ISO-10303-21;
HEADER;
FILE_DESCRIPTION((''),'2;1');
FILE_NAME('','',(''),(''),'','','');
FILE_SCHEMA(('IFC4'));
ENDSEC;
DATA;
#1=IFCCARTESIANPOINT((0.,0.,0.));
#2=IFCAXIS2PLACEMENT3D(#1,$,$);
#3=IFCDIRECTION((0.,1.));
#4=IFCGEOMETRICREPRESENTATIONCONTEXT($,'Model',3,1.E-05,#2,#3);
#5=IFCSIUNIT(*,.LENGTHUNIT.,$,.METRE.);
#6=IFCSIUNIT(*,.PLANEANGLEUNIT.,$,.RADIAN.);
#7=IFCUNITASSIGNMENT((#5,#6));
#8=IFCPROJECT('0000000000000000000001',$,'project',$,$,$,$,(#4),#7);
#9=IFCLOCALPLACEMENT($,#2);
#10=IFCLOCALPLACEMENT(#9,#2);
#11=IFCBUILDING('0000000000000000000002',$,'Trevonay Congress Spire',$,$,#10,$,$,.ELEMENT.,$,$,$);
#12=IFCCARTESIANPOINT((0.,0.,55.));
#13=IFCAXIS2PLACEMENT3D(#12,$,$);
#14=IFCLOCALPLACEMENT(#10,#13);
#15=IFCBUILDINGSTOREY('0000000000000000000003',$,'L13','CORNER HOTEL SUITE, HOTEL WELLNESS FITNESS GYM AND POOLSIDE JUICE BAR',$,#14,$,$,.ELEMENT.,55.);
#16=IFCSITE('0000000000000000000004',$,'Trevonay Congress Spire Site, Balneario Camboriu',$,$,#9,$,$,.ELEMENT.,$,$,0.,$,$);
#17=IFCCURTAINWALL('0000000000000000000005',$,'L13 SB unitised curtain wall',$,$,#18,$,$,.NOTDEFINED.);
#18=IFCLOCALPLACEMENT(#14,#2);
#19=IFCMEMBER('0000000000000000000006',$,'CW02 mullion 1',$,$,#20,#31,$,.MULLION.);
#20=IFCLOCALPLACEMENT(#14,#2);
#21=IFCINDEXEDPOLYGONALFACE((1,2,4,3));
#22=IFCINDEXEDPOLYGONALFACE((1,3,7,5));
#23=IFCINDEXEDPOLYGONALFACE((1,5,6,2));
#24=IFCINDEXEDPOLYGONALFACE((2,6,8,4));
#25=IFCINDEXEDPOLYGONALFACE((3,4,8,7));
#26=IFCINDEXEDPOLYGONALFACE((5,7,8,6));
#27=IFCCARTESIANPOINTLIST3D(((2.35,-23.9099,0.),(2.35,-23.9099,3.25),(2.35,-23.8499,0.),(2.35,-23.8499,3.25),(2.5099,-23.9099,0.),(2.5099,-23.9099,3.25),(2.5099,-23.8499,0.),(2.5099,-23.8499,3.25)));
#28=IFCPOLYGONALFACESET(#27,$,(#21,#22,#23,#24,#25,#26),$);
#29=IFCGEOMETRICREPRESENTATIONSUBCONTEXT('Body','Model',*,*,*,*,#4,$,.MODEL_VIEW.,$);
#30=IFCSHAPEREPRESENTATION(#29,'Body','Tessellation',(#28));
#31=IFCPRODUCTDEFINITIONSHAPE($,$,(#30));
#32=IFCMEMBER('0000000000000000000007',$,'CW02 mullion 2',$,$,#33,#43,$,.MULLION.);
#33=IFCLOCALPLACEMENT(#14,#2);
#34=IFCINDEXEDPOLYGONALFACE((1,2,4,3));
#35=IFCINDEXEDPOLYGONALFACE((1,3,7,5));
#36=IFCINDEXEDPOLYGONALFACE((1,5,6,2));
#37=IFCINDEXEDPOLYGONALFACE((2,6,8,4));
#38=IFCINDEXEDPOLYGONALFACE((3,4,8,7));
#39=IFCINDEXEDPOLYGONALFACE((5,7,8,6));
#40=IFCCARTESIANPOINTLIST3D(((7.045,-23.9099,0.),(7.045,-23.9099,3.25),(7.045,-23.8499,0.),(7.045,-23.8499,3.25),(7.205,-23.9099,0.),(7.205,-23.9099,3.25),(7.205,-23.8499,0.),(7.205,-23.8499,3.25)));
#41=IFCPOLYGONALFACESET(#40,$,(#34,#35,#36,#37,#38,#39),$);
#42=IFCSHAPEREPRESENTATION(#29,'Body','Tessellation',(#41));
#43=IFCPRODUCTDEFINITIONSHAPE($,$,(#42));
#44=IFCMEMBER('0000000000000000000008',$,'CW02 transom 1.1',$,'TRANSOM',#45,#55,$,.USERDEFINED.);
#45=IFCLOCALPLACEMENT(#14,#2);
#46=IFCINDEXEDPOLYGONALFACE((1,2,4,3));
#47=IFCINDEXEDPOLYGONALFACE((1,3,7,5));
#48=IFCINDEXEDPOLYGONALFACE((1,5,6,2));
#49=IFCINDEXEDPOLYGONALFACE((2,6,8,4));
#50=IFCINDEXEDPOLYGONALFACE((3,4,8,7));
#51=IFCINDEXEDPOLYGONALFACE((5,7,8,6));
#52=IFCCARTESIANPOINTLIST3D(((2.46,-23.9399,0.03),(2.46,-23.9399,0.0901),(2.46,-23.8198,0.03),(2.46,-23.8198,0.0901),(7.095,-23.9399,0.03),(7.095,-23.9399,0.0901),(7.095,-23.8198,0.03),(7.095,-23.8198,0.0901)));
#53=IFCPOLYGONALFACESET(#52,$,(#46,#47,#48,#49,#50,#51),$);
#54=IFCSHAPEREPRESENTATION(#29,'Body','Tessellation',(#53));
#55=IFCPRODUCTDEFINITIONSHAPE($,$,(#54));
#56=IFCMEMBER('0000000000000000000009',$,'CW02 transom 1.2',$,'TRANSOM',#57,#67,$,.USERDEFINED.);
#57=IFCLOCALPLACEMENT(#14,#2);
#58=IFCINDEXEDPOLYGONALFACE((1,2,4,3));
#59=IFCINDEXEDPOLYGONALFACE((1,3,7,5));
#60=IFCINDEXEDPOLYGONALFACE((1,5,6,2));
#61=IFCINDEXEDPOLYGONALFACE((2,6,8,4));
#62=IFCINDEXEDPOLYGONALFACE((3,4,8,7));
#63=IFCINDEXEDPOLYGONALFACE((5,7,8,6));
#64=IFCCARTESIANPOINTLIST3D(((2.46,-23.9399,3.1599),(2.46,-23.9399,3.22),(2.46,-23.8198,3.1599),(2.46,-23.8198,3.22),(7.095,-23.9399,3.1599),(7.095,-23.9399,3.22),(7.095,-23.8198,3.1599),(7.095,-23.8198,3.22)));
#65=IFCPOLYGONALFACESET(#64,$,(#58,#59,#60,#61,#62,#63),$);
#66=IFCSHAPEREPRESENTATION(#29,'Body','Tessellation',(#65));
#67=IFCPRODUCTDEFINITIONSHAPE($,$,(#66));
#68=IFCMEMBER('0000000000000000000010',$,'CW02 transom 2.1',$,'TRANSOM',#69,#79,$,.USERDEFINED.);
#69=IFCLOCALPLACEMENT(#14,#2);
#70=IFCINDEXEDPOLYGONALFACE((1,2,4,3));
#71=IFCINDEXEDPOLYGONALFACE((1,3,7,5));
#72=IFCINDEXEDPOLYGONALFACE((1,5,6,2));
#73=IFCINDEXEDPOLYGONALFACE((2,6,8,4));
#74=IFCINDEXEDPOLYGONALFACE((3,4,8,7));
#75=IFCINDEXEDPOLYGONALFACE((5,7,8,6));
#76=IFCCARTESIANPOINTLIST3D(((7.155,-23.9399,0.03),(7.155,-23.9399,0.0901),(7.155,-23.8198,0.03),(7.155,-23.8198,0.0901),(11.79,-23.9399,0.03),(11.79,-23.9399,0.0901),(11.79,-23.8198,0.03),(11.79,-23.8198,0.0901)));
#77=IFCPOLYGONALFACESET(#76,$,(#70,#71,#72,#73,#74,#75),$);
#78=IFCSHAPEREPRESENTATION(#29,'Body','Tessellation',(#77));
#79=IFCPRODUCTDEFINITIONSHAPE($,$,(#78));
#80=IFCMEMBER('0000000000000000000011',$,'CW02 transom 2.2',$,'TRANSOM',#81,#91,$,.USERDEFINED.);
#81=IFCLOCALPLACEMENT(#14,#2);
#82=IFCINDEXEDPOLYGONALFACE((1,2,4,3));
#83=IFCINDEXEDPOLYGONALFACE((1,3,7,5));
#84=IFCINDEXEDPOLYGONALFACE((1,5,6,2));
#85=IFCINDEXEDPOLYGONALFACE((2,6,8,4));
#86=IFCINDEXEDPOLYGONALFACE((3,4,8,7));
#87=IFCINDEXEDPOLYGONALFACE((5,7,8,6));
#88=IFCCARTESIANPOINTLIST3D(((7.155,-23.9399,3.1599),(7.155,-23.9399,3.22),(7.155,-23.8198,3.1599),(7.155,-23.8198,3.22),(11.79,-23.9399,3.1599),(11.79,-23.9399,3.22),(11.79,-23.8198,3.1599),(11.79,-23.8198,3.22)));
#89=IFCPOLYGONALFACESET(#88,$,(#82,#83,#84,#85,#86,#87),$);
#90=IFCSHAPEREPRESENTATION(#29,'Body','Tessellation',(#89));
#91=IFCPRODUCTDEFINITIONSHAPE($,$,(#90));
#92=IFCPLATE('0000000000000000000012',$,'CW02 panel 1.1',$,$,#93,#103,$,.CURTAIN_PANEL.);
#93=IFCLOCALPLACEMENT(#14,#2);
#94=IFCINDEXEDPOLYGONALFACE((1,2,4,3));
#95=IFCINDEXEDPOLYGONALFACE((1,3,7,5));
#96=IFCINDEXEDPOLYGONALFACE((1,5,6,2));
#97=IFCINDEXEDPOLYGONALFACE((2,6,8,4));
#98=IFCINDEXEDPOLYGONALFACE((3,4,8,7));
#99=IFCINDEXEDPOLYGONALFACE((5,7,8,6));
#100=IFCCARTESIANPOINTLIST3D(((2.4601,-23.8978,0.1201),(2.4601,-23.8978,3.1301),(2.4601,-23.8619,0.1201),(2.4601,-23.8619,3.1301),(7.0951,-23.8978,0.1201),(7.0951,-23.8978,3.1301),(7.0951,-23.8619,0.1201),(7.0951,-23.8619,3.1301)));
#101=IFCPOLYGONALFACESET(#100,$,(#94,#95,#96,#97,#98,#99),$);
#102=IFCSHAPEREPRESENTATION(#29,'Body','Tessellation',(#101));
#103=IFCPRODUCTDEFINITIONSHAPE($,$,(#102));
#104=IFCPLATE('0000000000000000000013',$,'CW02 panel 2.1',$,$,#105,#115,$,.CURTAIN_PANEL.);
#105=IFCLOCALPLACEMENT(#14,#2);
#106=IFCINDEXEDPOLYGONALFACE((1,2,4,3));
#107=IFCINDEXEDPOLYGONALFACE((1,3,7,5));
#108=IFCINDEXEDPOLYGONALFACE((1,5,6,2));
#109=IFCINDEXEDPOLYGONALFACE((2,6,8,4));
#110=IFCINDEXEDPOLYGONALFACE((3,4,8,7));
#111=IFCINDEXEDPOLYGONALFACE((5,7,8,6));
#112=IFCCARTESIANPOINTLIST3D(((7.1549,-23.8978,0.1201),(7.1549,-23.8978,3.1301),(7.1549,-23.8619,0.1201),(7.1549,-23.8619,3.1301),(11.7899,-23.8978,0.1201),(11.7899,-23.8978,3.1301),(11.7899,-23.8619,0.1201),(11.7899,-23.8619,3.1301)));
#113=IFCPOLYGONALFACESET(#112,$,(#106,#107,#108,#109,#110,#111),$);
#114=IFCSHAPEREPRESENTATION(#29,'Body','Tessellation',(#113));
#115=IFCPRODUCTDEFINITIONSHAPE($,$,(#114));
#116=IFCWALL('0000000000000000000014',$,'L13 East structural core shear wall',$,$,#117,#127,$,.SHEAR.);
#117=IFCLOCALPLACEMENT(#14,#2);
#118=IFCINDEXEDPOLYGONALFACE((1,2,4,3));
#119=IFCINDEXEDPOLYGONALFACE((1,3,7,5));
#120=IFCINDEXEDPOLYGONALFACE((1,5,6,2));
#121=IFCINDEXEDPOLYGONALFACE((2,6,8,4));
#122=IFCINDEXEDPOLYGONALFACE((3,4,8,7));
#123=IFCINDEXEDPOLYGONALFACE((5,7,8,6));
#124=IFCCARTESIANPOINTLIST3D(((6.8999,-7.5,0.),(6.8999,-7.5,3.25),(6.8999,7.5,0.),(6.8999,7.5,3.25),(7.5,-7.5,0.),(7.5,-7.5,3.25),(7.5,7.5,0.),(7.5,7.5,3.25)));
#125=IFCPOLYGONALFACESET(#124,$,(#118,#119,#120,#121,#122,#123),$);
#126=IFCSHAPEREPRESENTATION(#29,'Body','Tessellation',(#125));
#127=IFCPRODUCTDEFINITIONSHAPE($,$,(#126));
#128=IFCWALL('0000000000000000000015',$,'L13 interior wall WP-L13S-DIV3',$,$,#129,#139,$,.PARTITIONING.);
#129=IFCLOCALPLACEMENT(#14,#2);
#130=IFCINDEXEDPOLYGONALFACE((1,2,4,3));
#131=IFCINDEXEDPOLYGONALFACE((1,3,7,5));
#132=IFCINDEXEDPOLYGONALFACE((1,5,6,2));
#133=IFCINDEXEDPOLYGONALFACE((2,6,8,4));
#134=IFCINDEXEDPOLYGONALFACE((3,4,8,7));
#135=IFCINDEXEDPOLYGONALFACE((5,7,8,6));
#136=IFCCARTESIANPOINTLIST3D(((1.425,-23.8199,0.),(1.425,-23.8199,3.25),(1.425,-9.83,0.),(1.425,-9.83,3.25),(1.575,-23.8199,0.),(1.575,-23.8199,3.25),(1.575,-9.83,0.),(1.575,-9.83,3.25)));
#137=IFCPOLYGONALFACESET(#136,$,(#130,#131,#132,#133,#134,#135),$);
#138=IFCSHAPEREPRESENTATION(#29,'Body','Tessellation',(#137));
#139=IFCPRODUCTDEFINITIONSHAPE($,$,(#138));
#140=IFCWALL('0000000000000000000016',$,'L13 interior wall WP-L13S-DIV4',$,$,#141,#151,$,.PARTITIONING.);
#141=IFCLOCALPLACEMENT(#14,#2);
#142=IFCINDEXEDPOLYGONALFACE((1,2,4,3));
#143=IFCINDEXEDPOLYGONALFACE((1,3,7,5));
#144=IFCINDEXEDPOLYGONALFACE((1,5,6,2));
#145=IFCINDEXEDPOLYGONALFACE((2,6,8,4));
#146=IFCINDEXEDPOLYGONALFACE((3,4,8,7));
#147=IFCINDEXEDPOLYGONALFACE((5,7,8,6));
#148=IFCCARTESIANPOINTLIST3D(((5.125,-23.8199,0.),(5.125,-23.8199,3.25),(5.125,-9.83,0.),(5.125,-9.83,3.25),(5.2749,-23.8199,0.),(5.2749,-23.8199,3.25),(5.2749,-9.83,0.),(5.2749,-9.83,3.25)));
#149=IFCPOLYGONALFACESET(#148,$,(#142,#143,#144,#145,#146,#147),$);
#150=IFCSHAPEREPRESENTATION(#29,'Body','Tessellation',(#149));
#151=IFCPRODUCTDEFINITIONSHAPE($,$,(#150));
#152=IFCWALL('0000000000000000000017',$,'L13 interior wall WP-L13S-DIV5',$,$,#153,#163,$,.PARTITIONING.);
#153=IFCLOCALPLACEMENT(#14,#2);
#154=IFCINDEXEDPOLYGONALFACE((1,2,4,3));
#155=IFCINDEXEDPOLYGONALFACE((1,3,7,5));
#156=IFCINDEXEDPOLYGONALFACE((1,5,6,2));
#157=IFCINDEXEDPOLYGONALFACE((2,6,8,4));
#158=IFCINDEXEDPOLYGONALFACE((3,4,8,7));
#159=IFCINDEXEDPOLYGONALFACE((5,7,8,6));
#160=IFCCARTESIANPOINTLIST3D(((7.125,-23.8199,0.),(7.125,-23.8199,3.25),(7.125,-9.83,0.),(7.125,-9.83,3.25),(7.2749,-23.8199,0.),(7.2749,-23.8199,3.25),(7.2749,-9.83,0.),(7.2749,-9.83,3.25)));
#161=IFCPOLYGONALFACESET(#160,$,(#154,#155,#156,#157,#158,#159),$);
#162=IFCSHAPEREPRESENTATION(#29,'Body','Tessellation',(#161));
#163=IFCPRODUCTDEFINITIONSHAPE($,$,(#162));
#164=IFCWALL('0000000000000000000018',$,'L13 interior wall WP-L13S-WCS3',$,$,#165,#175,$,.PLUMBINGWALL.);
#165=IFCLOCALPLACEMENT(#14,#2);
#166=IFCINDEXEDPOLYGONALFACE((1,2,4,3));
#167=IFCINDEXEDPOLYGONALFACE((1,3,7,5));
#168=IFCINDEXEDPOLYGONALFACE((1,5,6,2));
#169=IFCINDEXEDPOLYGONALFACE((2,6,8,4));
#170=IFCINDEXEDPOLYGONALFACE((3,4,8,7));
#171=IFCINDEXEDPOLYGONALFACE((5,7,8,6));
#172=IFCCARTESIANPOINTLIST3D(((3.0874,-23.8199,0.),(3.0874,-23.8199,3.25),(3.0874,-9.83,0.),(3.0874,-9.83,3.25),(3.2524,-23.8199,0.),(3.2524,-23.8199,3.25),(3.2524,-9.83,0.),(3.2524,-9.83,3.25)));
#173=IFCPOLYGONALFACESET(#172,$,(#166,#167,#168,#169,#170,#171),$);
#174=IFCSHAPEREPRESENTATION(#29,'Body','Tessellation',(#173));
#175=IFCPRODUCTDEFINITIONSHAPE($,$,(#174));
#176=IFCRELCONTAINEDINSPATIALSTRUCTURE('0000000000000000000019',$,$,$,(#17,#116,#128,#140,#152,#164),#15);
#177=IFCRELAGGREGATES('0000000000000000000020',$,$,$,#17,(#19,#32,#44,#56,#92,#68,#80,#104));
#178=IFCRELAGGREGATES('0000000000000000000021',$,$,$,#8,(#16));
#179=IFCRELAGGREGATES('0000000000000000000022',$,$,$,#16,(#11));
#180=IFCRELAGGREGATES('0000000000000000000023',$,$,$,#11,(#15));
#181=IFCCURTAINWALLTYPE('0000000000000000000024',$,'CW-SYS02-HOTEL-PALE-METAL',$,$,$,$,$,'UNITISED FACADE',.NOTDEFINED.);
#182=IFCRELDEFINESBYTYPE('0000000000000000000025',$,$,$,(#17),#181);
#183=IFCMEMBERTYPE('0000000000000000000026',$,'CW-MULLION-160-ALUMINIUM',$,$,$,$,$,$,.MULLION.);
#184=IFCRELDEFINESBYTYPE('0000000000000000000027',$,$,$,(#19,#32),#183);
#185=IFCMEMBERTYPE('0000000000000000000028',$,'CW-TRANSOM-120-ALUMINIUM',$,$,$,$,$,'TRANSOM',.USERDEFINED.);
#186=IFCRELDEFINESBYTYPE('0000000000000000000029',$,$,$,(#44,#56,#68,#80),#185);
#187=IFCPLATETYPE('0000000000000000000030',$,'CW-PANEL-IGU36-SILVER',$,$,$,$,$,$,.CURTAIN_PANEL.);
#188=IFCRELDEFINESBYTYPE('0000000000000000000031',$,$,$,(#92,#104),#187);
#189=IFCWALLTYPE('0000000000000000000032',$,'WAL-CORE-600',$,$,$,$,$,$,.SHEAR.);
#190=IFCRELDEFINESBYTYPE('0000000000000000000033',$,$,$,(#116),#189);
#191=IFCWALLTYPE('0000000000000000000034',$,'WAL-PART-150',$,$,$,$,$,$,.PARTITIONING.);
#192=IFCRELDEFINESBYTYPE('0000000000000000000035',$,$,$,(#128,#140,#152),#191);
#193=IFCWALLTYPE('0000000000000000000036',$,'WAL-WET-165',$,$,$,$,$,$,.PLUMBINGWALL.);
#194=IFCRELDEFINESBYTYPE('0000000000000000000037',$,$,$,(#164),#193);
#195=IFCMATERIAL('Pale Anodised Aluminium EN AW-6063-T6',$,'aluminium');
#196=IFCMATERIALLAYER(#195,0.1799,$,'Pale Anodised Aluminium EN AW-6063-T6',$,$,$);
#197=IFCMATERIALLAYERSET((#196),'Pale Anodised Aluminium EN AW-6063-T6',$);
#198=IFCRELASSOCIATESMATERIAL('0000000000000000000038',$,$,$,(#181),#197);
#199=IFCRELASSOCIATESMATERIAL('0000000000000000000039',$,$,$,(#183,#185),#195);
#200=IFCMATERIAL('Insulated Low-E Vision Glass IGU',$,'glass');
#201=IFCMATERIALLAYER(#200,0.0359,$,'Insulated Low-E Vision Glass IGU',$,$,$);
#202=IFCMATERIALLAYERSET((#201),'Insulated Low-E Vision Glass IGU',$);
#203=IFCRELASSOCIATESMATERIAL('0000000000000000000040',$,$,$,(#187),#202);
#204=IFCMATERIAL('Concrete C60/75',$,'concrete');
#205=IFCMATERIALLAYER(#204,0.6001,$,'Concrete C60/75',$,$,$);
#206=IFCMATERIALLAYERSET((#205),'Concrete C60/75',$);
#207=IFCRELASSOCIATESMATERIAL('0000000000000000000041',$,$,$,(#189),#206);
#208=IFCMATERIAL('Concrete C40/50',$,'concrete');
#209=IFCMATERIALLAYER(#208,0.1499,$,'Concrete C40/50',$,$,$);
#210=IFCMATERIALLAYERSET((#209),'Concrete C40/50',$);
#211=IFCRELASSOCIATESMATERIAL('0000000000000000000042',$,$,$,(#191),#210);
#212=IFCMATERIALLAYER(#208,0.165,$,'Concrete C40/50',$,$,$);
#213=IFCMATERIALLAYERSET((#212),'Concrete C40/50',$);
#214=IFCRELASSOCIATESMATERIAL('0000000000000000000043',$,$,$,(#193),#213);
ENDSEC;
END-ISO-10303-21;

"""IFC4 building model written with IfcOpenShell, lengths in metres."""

from ifc_helpers import new_model, si_unit, direction, frame, frame_2d, origin, origin_2d, place, context, subcontext, project, spatial, rectangle, extrude, material, layer, layer_set, material_profile, profile_set, type_object, element, aggregate, save


model = new_model("IFC4")

# Units and contexts
model_context = context("Model", 3, precision=1e-05, world=origin(), true_north=direction((0.0, 1.0)))
body_context = subcontext(model_context, "Body", "Model", "MODEL_VIEW")
ifc_project = project(units=[si_unit("LENGTHUNIT", "METRE"), si_unit("PLANEANGLEUNIT", "RADIAN")], contexts=[model_context])

# Site, building, storey
site_placement = place(None, origin())
site = spatial("IfcSite", under=ifc_project, at=site_placement, Name="Trevonay Congress Spire Site, Balneario Camboriu", CompositionType="ELEMENT", RefElevation=0.0)
building_placement = place(site_placement, origin())
building = spatial("IfcBuilding", under=site, at=building_placement, Name="Trevonay Congress Spire", CompositionType="ELEMENT")
storey_placement = place(building_placement, frame((0.0, 0.0, 55.0)))
storey = spatial("IfcBuildingStorey", under=building, at=storey_placement, Name="L13", Description="CORNER HOTEL SUITE, HOTEL WELLNESS FITNESS GYM AND POOLSIDE JUICE BAR", CompositionType="ELEMENT", Elevation=55.0)

# Curtain wall, members, plates
ifc_material_1 = material(Name="Pale Anodised Aluminium EN AW-6063-T6", Category="aluminium")
ifc_layer_1 = layer(ifc_material_1, 0.1799, Name="Pale Anodised Aluminium EN AW-6063-T6")
ifc_layer_set_1 = layer_set([ifc_layer_1], Name="Pale Anodised Aluminium EN AW-6063-T6")
curtain_wall_type = type_object("IfcCurtainWallType", Name="CW-SYS02-HOTEL-PALE-METAL", ElementType="UNITISED FACADE", PredefinedType="NOTDEFINED", material=ifc_layer_set_1)
curtain_wall_placement = place(storey_placement, origin())
curtain_wall = element("IfcCurtainWall", 1, at=curtain_wall_placement, inside=storey, type_object=curtain_wall_type, Name="L13 SB unitised curtain wall", PredefinedType="NOTDEFINED")
ifc_material_profile_1 = material_profile(ifc_material_1, rectangle(XDim=0.0601, YDim=0.1599, at=origin_2d()), Name="CW-MULLION-160-ALUMINIUM")
ifc_profile_set_1 = profile_set([ifc_material_profile_1], Name="Pale Anodised Aluminium EN AW-6063-T6")
member_type_1 = type_object("IfcMemberType", Name="CW-MULLION-160-ALUMINIUM", PredefinedType="MULLION", material=ifc_profile_set_1)
member_1_placement = place(storey_placement, frame((2.4299, -23.8799, 0.0), z_axis=(0.0, 0.0, 1.0), x_axis=(0.0, 1.0, 0.0)))
member_1 = element("IfcMember", 2, at=member_1_placement, type_object=member_type_1, Name="CW02 mullion 1", PredefinedType="MULLION", context=body_context, shape_type="SweptSolid", body=[
    extrude(rectangle(XDim=0.0601, YDim=0.1599, at=origin_2d()), origin(), (0.0, 0.0, 1.0), 3.25),
])
member_2_placement = place(storey_placement, frame((7.125, -23.8799, 0.0), z_axis=(0.0, 0.0, 1.0), x_axis=(0.0, 1.0, 0.0)))
member_2 = element("IfcMember", 3, at=member_2_placement, type_object=member_type_1, Name="CW02 mullion 2", PredefinedType="MULLION", context=body_context, shape_type="SweptSolid", body=[
    extrude(rectangle(XDim=0.0601, YDim=0.1599, at=origin_2d()), origin(), (0.0, 0.0, 1.0), 3.25),
])
ifc_material_profile_2 = material_profile(ifc_material_1, rectangle(XDim=0.1201, YDim=0.0601, at=origin_2d()), Name="CW-TRANSOM-120-ALUMINIUM")
ifc_profile_set_2 = profile_set([ifc_material_profile_2], Name="Pale Anodised Aluminium EN AW-6063-T6")
member_type_2 = type_object("IfcMemberType", Name="CW-TRANSOM-120-ALUMINIUM", ElementType="TRANSOM", PredefinedType="USERDEFINED", material=ifc_profile_set_2)
member_3_placement = place(storey_placement, frame((2.46, -23.8799, 0.0601), z_axis=(1.0, 0.0, 0.0), x_axis=(0.0, 1.0, 0.0)))
member_3 = element("IfcMember", 4, at=member_3_placement, type_object=member_type_2, Name="CW02 transom 1.1", ObjectType="TRANSOM", PredefinedType="USERDEFINED", context=body_context, shape_type="SweptSolid", body=[
    extrude(rectangle(XDim=0.1201, YDim=0.0601, at=origin_2d()), origin(), (0.0, 0.0, 1.0), 4.635),
])
member_4_placement = place(storey_placement, frame((2.46, -23.8799, 3.1899), z_axis=(1.0, 0.0, 0.0), x_axis=(0.0, 1.0, 0.0)))
member_4 = element("IfcMember", 5, at=member_4_placement, type_object=member_type_2, Name="CW02 transom 1.2", ObjectType="TRANSOM", PredefinedType="USERDEFINED", context=body_context, shape_type="SweptSolid", body=[
    extrude(rectangle(XDim=0.1201, YDim=0.0601, at=origin_2d()), origin(), (0.0, 0.0, 1.0), 4.635),
])
member_5_placement = place(storey_placement, frame((7.155, -23.8799, 0.0601), z_axis=(1.0, 0.0, 0.0), x_axis=(0.0, 1.0, 0.0)))
member_5 = element("IfcMember", 6, at=member_5_placement, type_object=member_type_2, Name="CW02 transom 2.1", ObjectType="TRANSOM", PredefinedType="USERDEFINED", context=body_context, shape_type="SweptSolid", body=[
    extrude(rectangle(XDim=0.1201, YDim=0.0601, at=origin_2d()), origin(), (0.0, 0.0, 1.0), 4.635),
])
member_6_placement = place(storey_placement, frame((7.155, -23.8799, 3.1899), z_axis=(1.0, 0.0, 0.0), x_axis=(0.0, 1.0, 0.0)))
member_6 = element("IfcMember", 7, at=member_6_placement, type_object=member_type_2, Name="CW02 transom 2.2", ObjectType="TRANSOM", PredefinedType="USERDEFINED", context=body_context, shape_type="SweptSolid", body=[
    extrude(rectangle(XDim=0.1201, YDim=0.0601, at=origin_2d()), origin(), (0.0, 0.0, 1.0), 4.635),
])
ifc_material_2 = material(Name="Insulated Low-E Vision Glass IGU", Category="glass")
ifc_layer_2 = layer(ifc_material_2, 0.0359, Name="Insulated Low-E Vision Glass IGU")
ifc_layer_set_2 = layer_set([ifc_layer_2], Name="Insulated Low-E Vision Glass IGU")
plate_type = type_object("IfcPlateType", Name="CW-PANEL-IGU36-SILVER", PredefinedType="CURTAIN_PANEL", material=ifc_layer_set_2)
plate_1_placement = place(storey_placement, frame((4.7776, -23.8799, 0.1201), z_axis=(0.0, 0.0, 1.0), x_axis=(1.0, 0.0, 0.0)))
plate_1 = element("IfcPlate", 8, at=plate_1_placement, type_object=plate_type, Name="CW02 panel 1.1", PredefinedType="CURTAIN_PANEL", context=body_context, shape_type="SweptSolid", body=[
    extrude(rectangle(XDim=4.635, YDim=0.0359, at=origin_2d()), origin(), (0.0, 0.0, 1.0), 3.01),
])
plate_2_placement = place(storey_placement, frame((9.4724, -23.8799, 0.1201), z_axis=(0.0, 0.0, 1.0), x_axis=(1.0, 0.0, 0.0)))
plate_2 = element("IfcPlate", 9, at=plate_2_placement, type_object=plate_type, Name="CW02 panel 2.1", PredefinedType="CURTAIN_PANEL", context=body_context, shape_type="SweptSolid", body=[
    extrude(rectangle(XDim=4.635, YDim=0.0359, at=origin_2d()), origin(), (0.0, 0.0, 1.0), 3.01),
])
aggregate(curtain_wall, [member_1, member_2, member_3, member_4, plate_1, member_5, member_6, plate_2])

# Walls
ifc_material_3 = material(Name="Concrete C60/75", Category="concrete")
ifc_layer_3 = layer(ifc_material_3, 0.6001, Name="Concrete C60/75")
ifc_layer_set_3 = layer_set([ifc_layer_3], Name="Concrete C60/75")
wall_type_1 = type_object("IfcWallType", Name="WAL-CORE-600", PredefinedType="SHEAR", material=ifc_layer_set_3)
wall_1_placement = place(storey_placement, frame((7.2, -7.5, 0.0), z_axis=(0.0, 0.0, 1.0), x_axis=(0.0, 1.0, 0.0)))
element("IfcWall", 10, at=wall_1_placement, inside=storey, type_object=wall_type_1, Name="L13 East structural core shear wall", PredefinedType="SHEAR", context=body_context, shape_type="SweptSolid", body=[
    extrude(rectangle(XDim=15.0, YDim=0.6001, at=frame_2d((7.5, 0.0))), origin(), (0.0, 0.0, 1.0), 3.25),
])
ifc_material_4 = material(Name="Concrete C40/50", Category="concrete")
ifc_layer_4 = layer(ifc_material_4, 0.1499, Name="Concrete C40/50")
ifc_layer_set_4 = layer_set([ifc_layer_4], Name="Concrete C40/50")
wall_type_2 = type_object("IfcWallType", Name="WAL-PART-150", PredefinedType="PARTITIONING", material=ifc_layer_set_4)
for number, where, z_axis, x_axis, name in (
    (11, (1.5, -23.8201, 0.0), (0.0, 0.0, 1.0), (0.0, 1.0, 0.0), "L13 interior wall WP-L13S-DIV3"),
    (12, (5.2, -23.8201, 0.0), (0.0, 0.0, 1.0), (0.0, 1.0, 0.0), "L13 interior wall WP-L13S-DIV4"),
    (13, (7.2, -23.8201, 0.0), (0.0, 0.0, 1.0), (0.0, 1.0, 0.0), "L13 interior wall WP-L13S-DIV5"),
):
    element("IfcWall", number, at=place(storey_placement, frame(where, z_axis=z_axis, x_axis=x_axis)), inside=storey, type_object=wall_type_2, Name=name, PredefinedType="PARTITIONING", context=body_context, shape_type="SweptSolid", body=[
        extrude(rectangle(XDim=13.99, YDim=0.1499, at=frame_2d((6.9951, 0.0))), origin(), (0.0, 0.0, 1.0), 3.25),
    ])
ifc_layer_5 = layer(ifc_material_4, 0.165, Name="Concrete C40/50")
ifc_layer_set_5 = layer_set([ifc_layer_5], Name="Concrete C40/50")
wall_type_3 = type_object("IfcWallType", Name="WAL-WET-165", PredefinedType="PLUMBINGWALL", material=ifc_layer_set_5)
wall_2_placement = place(storey_placement, frame((3.1699, -23.8201, 0.0), z_axis=(0.0, 0.0, 1.0), x_axis=(0.0, 1.0, 0.0)))
element("IfcWall", 14, at=wall_2_placement, inside=storey, type_object=wall_type_3, Name="L13 interior wall WP-L13S-WCS3", PredefinedType="PLUMBINGWALL", context=body_context, shape_type="SweptSolid", body=[
    extrude(rectangle(XDim=13.99, YDim=0.165, at=frame_2d((6.9951, 0.0))), origin(), (0.0, 0.0, 1.0), 3.25),
])

save(model, "model.ifc")
